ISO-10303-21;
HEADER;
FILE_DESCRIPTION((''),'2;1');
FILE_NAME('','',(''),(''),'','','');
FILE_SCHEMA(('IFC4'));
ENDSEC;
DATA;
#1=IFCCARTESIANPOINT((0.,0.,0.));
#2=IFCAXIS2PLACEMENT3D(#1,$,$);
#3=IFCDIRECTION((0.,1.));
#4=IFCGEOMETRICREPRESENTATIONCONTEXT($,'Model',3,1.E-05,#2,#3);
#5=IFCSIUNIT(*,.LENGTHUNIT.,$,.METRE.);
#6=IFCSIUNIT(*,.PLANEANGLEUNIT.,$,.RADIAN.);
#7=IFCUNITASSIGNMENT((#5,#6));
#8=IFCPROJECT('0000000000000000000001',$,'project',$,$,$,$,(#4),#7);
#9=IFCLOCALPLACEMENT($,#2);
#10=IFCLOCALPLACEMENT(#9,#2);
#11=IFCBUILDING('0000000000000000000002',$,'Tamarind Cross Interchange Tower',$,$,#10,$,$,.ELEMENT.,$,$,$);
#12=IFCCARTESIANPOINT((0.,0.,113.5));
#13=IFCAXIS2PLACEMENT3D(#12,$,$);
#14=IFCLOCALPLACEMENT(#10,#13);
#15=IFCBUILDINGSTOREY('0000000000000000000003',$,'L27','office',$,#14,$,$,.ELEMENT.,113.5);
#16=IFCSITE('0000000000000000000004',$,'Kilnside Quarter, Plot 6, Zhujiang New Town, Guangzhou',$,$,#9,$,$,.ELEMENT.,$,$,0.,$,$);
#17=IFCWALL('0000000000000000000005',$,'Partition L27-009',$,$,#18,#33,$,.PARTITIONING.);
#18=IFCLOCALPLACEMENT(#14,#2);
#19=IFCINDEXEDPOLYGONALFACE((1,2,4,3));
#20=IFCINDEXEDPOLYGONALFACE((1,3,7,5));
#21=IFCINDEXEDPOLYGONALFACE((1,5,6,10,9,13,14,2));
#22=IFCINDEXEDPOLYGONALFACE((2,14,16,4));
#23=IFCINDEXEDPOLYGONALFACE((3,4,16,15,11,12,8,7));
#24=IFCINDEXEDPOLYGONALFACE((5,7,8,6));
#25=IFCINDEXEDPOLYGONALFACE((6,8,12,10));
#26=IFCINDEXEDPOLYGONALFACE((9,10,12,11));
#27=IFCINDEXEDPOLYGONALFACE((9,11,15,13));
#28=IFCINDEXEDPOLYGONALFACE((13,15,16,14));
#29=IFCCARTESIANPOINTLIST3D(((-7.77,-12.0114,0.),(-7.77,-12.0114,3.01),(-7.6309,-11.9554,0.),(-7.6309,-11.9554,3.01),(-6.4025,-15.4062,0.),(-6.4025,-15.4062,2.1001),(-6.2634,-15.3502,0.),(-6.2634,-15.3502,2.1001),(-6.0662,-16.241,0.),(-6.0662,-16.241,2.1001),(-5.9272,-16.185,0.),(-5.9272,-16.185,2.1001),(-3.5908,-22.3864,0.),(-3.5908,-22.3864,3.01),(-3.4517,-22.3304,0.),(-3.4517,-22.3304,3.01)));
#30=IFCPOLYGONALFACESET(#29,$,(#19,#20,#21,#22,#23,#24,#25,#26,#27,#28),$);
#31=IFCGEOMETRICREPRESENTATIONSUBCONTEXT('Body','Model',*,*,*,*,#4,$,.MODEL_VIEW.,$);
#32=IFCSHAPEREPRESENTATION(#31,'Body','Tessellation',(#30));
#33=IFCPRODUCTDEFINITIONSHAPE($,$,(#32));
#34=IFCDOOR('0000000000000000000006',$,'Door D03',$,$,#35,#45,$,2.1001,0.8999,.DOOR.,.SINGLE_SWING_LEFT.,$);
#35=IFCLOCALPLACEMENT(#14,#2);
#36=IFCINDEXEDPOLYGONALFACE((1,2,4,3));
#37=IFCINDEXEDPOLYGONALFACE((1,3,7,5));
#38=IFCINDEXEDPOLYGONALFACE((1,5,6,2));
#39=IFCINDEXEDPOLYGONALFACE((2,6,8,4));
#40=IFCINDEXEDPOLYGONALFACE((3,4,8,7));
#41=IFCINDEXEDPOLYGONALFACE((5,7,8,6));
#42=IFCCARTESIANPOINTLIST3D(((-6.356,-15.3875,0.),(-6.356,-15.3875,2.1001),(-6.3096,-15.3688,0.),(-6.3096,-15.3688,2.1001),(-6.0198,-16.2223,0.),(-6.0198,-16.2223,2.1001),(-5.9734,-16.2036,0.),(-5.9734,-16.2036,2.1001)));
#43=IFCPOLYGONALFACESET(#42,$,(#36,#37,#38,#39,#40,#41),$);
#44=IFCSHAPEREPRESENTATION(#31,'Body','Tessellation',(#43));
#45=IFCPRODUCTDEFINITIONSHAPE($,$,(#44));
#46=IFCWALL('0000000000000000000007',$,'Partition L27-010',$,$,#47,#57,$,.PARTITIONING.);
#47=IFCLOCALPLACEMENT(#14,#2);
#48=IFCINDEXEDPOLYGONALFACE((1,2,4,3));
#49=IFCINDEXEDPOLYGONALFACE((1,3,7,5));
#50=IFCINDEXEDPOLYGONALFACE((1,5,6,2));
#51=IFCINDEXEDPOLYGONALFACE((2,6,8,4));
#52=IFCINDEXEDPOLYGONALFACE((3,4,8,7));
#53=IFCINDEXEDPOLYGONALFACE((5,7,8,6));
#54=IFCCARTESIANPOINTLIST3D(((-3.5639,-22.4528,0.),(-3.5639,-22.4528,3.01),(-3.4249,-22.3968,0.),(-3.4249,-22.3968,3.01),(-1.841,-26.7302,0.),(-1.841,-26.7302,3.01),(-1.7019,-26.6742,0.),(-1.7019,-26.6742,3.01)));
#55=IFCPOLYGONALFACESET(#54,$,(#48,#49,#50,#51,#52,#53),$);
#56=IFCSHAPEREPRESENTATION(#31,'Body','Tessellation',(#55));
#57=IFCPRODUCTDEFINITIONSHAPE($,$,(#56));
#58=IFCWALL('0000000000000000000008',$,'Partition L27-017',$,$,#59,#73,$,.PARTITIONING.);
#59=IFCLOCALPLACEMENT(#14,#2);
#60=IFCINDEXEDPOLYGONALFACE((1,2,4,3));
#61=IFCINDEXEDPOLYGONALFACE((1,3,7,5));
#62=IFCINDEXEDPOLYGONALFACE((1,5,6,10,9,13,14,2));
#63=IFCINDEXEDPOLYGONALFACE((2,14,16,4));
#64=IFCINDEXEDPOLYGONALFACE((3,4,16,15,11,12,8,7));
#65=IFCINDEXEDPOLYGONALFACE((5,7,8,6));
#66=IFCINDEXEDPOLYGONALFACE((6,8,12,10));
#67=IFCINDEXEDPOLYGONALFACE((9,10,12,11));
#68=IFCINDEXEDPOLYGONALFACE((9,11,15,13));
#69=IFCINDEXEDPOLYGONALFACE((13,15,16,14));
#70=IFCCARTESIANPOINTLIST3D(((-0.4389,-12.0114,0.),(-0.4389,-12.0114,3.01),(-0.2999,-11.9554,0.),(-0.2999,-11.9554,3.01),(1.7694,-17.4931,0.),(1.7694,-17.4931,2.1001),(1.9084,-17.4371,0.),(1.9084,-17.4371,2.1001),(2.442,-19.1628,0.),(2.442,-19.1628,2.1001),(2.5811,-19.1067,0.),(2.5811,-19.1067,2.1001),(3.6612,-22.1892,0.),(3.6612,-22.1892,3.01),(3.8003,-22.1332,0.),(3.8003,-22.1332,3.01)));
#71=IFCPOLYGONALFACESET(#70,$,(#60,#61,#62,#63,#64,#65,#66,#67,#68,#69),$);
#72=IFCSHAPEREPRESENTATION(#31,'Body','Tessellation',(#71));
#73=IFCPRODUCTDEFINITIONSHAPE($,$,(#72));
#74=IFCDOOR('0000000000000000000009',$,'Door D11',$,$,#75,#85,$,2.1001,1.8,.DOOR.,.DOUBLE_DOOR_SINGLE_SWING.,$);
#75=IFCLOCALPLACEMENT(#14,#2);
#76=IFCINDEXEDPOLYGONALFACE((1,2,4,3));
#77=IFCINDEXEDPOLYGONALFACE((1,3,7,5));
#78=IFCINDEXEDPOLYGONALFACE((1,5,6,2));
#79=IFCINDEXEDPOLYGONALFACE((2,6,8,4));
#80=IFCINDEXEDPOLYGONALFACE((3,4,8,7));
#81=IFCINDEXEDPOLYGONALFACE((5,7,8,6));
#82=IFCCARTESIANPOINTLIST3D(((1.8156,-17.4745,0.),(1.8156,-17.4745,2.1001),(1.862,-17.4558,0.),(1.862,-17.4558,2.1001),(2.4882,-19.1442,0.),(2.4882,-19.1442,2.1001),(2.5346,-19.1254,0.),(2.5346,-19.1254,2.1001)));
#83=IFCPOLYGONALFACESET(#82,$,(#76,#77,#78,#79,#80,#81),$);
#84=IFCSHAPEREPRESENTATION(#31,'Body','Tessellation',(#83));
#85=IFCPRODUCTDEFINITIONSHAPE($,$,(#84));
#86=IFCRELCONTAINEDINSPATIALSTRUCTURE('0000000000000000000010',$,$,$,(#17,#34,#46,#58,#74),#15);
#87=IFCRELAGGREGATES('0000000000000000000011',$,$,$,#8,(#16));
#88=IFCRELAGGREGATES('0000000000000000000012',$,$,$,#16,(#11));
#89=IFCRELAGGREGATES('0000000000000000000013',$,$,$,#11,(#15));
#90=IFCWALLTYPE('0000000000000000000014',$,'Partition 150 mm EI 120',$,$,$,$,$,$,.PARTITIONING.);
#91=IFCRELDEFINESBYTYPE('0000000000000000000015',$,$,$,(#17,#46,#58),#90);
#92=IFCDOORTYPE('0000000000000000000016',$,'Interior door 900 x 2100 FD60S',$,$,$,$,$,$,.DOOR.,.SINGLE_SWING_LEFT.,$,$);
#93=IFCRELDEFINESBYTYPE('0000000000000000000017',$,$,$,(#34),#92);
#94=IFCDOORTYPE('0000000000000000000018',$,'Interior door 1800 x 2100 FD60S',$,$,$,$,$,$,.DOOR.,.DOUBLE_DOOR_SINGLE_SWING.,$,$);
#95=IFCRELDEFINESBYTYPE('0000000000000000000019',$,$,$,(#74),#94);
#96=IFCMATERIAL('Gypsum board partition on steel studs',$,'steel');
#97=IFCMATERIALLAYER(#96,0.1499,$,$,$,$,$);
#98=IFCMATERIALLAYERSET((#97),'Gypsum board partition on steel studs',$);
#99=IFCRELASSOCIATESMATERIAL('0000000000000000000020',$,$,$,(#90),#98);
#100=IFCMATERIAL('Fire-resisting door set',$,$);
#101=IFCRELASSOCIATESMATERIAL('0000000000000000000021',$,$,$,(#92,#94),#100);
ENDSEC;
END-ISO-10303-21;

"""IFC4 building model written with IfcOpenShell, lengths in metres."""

from ifc_helpers import new_model, si_unit, direction, frame, frame_2d, origin, place, context, subcontext, project, spatial, rectangle, extrude, material, layer, layer_set, type_object, element, fill, save


model = new_model("IFC4")

# Units and contexts
model_context = context("Model", 3, precision=1e-05, world=origin(), true_north=direction((0.0, 1.0)))
body_context = subcontext(model_context, "Body", "Model", "MODEL_VIEW")
ifc_project = project(units=[si_unit("LENGTHUNIT", "METRE"), si_unit("PLANEANGLEUNIT", "RADIAN")], contexts=[model_context])

# Site, building, storey
site_placement = place(None, origin())
site = spatial("IfcSite", under=ifc_project, at=site_placement, Name="Kilnside Quarter, Plot 6, Zhujiang New Town, Guangzhou", CompositionType="ELEMENT", RefElevation=0.0)
building_placement = place(site_placement, origin())
building = spatial("IfcBuilding", under=site, at=building_placement, Name="Tamarind Cross Interchange Tower", CompositionType="ELEMENT")
storey_placement = place(building_placement, frame((0.0, 0.0, 113.5)))
storey = spatial("IfcBuildingStorey", under=building, at=storey_placement, Name="L27", Description="office", CompositionType="ELEMENT", Elevation=113.5)

# Shared definitions
ifc_material_1 = material(Name="Gypsum board partition on steel studs", Category="steel")
ifc_layer_1 = layer(ifc_material_1, 0.1499)
ifc_layer_set_1 = layer_set([ifc_layer_1], Name="Gypsum board partition on steel studs")
wall_type_1 = type_object("IfcWallType", Name="Partition 150 mm EI 120", PredefinedType="PARTITIONING", material=ifc_layer_set_1)

# Wall, opening, door
wall_1_placement = place(storey_placement, frame((-7.7004, -11.9834, 0.0), z_axis=(0.0, 0.0, 1.0), x_axis=(0.37364, -0.927574, 0.0)))
wall_1 = element("IfcWall", 1, at=wall_1_placement, inside=storey, type_object=wall_type_1, Name="Partition L27-009", PredefinedType="PARTITIONING", context=body_context, shape_type="SweptSolid", body=[
    extrude(rectangle(XDim=11.1851, YDim=0.1499, at=frame_2d((5.5925, 0.0))), origin(), (0.0, 0.0, 1.0), 3.01),
])
opening_1_placement = place(wall_1_placement, frame((3.6599, 0.0, 0.0)))
opening_1 = element("IfcOpeningElement", 2, at=opening_1_placement, cuts=wall_1, PredefinedType="OPENING", context=body_context, shape_type="SweptSolid", body=[
    extrude(rectangle(XDim=0.8999, YDim=2.1001, at=frame_2d((0.45, 1.05))), frame((0.0, 0.085, 0.0), z_axis=(0.0, -1.0, 0.0), x_axis=(1.0, 0.0, 0.0)), (0.0, 0.0, 1.0), 0.1699),
])
ifc_material_2 = material(Name="Fire-resisting door set")
door_type_1 = type_object("IfcDoorType", Name="Interior door 900 x 2100 FD60S", OperationType="SINGLE_SWING_LEFT", PredefinedType="DOOR", material=ifc_material_2)
door_1_placement = place(opening_1_placement, frame((0.8999, 0.0, 0.0), z_axis=(0.0, 0.0, 1.0), x_axis=(-1.0, 0.0, 0.0)))
door_1 = element("IfcDoor", 3, at=door_1_placement, inside=storey, type_object=door_type_1, Name="Door D03", OperationType="SINGLE_SWING_LEFT", OverallHeight=2.1001, OverallWidth=0.8999, PredefinedType="DOOR", context=body_context, shape_type="SweptSolid", body=[
    extrude(rectangle(XDim=0.8999, YDim=2.1001, at=frame_2d((0.45, 1.05))), frame((0.0, 0.0249, 0.0), z_axis=(0.0, -1.0, 0.0), x_axis=(1.0, 0.0, 0.0)), (0.0, 0.0, 1.0), 0.05),
])
fill(opening_1, door_1)

# Wall
wall_2_placement = place(storey_placement, frame((-3.4944, -22.4248, 0.0), z_axis=(0.0, 0.0, 1.0), x_axis=(0.373626, -0.927579, 0.0)))
element("IfcWall", 4, at=wall_2_placement, inside=storey, type_object=wall_type_1, Name="Partition L27-010", PredefinedType="PARTITIONING", context=body_context, shape_type="SweptSolid", body=[
    extrude(rectangle(XDim=4.6113, YDim=0.1499, at=frame_2d((2.3057, 0.0))), origin(), (0.0, 0.0, 1.0), 3.01),
])

# Wall, opening, door
wall_3_placement = place(storey_placement, frame((-0.3694, -11.9834, 0.0), z_axis=(0.0, 0.0, 1.0), x_axis=(0.373668, -0.927562, 0.0)))
wall_3 = element("IfcWall", 5, at=wall_3_placement, inside=storey, type_object=wall_type_1, Name="Partition L27-017", PredefinedType="PARTITIONING", context=body_context, shape_type="SweptSolid", body=[
    extrude(rectangle(XDim=10.9727, YDim=0.1499, at=frame_2d((5.4863, 0.0))), origin(), (0.0, 0.0, 1.0), 3.01),
])
opening_2_placement = place(wall_3_placement, frame((5.9099, 0.0, 0.0)))
opening_2 = element("IfcOpeningElement", 6, at=opening_2_placement, cuts=wall_3, PredefinedType="OPENING", context=body_context, shape_type="SweptSolid", body=[
    extrude(rectangle(XDim=1.8, YDim=2.1001, at=frame_2d((0.8999, 1.05))), frame((0.0, 0.085, 0.0), z_axis=(0.0, -1.0, 0.0), x_axis=(1.0, 0.0, 0.0)), (0.0, 0.0, 1.0), 0.1699),
])
door_type_2 = type_object("IfcDoorType", Name="Interior door 1800 x 2100 FD60S", OperationType="DOUBLE_DOOR_SINGLE_SWING", PredefinedType="DOOR", material=ifc_material_2)
door_2_placement = place(opening_2_placement, origin())
door_2 = element("IfcDoor", 7, at=door_2_placement, inside=storey, type_object=door_type_2, Name="Door D11", OperationType="DOUBLE_DOOR_SINGLE_SWING", OverallHeight=2.1001, OverallWidth=1.8, PredefinedType="DOOR", context=body_context, shape_type="SweptSolid", body=[
    extrude(rectangle(XDim=1.8, YDim=2.1001, at=frame_2d((0.8999, 1.05))), frame((0.0, 0.0249, 0.0), z_axis=(0.0, -1.0, 0.0), x_axis=(1.0, 0.0, 0.0)), (0.0, 0.0, 1.0), 0.05),
])
fill(opening_2, door_2)

save(model, "model.ifc")
